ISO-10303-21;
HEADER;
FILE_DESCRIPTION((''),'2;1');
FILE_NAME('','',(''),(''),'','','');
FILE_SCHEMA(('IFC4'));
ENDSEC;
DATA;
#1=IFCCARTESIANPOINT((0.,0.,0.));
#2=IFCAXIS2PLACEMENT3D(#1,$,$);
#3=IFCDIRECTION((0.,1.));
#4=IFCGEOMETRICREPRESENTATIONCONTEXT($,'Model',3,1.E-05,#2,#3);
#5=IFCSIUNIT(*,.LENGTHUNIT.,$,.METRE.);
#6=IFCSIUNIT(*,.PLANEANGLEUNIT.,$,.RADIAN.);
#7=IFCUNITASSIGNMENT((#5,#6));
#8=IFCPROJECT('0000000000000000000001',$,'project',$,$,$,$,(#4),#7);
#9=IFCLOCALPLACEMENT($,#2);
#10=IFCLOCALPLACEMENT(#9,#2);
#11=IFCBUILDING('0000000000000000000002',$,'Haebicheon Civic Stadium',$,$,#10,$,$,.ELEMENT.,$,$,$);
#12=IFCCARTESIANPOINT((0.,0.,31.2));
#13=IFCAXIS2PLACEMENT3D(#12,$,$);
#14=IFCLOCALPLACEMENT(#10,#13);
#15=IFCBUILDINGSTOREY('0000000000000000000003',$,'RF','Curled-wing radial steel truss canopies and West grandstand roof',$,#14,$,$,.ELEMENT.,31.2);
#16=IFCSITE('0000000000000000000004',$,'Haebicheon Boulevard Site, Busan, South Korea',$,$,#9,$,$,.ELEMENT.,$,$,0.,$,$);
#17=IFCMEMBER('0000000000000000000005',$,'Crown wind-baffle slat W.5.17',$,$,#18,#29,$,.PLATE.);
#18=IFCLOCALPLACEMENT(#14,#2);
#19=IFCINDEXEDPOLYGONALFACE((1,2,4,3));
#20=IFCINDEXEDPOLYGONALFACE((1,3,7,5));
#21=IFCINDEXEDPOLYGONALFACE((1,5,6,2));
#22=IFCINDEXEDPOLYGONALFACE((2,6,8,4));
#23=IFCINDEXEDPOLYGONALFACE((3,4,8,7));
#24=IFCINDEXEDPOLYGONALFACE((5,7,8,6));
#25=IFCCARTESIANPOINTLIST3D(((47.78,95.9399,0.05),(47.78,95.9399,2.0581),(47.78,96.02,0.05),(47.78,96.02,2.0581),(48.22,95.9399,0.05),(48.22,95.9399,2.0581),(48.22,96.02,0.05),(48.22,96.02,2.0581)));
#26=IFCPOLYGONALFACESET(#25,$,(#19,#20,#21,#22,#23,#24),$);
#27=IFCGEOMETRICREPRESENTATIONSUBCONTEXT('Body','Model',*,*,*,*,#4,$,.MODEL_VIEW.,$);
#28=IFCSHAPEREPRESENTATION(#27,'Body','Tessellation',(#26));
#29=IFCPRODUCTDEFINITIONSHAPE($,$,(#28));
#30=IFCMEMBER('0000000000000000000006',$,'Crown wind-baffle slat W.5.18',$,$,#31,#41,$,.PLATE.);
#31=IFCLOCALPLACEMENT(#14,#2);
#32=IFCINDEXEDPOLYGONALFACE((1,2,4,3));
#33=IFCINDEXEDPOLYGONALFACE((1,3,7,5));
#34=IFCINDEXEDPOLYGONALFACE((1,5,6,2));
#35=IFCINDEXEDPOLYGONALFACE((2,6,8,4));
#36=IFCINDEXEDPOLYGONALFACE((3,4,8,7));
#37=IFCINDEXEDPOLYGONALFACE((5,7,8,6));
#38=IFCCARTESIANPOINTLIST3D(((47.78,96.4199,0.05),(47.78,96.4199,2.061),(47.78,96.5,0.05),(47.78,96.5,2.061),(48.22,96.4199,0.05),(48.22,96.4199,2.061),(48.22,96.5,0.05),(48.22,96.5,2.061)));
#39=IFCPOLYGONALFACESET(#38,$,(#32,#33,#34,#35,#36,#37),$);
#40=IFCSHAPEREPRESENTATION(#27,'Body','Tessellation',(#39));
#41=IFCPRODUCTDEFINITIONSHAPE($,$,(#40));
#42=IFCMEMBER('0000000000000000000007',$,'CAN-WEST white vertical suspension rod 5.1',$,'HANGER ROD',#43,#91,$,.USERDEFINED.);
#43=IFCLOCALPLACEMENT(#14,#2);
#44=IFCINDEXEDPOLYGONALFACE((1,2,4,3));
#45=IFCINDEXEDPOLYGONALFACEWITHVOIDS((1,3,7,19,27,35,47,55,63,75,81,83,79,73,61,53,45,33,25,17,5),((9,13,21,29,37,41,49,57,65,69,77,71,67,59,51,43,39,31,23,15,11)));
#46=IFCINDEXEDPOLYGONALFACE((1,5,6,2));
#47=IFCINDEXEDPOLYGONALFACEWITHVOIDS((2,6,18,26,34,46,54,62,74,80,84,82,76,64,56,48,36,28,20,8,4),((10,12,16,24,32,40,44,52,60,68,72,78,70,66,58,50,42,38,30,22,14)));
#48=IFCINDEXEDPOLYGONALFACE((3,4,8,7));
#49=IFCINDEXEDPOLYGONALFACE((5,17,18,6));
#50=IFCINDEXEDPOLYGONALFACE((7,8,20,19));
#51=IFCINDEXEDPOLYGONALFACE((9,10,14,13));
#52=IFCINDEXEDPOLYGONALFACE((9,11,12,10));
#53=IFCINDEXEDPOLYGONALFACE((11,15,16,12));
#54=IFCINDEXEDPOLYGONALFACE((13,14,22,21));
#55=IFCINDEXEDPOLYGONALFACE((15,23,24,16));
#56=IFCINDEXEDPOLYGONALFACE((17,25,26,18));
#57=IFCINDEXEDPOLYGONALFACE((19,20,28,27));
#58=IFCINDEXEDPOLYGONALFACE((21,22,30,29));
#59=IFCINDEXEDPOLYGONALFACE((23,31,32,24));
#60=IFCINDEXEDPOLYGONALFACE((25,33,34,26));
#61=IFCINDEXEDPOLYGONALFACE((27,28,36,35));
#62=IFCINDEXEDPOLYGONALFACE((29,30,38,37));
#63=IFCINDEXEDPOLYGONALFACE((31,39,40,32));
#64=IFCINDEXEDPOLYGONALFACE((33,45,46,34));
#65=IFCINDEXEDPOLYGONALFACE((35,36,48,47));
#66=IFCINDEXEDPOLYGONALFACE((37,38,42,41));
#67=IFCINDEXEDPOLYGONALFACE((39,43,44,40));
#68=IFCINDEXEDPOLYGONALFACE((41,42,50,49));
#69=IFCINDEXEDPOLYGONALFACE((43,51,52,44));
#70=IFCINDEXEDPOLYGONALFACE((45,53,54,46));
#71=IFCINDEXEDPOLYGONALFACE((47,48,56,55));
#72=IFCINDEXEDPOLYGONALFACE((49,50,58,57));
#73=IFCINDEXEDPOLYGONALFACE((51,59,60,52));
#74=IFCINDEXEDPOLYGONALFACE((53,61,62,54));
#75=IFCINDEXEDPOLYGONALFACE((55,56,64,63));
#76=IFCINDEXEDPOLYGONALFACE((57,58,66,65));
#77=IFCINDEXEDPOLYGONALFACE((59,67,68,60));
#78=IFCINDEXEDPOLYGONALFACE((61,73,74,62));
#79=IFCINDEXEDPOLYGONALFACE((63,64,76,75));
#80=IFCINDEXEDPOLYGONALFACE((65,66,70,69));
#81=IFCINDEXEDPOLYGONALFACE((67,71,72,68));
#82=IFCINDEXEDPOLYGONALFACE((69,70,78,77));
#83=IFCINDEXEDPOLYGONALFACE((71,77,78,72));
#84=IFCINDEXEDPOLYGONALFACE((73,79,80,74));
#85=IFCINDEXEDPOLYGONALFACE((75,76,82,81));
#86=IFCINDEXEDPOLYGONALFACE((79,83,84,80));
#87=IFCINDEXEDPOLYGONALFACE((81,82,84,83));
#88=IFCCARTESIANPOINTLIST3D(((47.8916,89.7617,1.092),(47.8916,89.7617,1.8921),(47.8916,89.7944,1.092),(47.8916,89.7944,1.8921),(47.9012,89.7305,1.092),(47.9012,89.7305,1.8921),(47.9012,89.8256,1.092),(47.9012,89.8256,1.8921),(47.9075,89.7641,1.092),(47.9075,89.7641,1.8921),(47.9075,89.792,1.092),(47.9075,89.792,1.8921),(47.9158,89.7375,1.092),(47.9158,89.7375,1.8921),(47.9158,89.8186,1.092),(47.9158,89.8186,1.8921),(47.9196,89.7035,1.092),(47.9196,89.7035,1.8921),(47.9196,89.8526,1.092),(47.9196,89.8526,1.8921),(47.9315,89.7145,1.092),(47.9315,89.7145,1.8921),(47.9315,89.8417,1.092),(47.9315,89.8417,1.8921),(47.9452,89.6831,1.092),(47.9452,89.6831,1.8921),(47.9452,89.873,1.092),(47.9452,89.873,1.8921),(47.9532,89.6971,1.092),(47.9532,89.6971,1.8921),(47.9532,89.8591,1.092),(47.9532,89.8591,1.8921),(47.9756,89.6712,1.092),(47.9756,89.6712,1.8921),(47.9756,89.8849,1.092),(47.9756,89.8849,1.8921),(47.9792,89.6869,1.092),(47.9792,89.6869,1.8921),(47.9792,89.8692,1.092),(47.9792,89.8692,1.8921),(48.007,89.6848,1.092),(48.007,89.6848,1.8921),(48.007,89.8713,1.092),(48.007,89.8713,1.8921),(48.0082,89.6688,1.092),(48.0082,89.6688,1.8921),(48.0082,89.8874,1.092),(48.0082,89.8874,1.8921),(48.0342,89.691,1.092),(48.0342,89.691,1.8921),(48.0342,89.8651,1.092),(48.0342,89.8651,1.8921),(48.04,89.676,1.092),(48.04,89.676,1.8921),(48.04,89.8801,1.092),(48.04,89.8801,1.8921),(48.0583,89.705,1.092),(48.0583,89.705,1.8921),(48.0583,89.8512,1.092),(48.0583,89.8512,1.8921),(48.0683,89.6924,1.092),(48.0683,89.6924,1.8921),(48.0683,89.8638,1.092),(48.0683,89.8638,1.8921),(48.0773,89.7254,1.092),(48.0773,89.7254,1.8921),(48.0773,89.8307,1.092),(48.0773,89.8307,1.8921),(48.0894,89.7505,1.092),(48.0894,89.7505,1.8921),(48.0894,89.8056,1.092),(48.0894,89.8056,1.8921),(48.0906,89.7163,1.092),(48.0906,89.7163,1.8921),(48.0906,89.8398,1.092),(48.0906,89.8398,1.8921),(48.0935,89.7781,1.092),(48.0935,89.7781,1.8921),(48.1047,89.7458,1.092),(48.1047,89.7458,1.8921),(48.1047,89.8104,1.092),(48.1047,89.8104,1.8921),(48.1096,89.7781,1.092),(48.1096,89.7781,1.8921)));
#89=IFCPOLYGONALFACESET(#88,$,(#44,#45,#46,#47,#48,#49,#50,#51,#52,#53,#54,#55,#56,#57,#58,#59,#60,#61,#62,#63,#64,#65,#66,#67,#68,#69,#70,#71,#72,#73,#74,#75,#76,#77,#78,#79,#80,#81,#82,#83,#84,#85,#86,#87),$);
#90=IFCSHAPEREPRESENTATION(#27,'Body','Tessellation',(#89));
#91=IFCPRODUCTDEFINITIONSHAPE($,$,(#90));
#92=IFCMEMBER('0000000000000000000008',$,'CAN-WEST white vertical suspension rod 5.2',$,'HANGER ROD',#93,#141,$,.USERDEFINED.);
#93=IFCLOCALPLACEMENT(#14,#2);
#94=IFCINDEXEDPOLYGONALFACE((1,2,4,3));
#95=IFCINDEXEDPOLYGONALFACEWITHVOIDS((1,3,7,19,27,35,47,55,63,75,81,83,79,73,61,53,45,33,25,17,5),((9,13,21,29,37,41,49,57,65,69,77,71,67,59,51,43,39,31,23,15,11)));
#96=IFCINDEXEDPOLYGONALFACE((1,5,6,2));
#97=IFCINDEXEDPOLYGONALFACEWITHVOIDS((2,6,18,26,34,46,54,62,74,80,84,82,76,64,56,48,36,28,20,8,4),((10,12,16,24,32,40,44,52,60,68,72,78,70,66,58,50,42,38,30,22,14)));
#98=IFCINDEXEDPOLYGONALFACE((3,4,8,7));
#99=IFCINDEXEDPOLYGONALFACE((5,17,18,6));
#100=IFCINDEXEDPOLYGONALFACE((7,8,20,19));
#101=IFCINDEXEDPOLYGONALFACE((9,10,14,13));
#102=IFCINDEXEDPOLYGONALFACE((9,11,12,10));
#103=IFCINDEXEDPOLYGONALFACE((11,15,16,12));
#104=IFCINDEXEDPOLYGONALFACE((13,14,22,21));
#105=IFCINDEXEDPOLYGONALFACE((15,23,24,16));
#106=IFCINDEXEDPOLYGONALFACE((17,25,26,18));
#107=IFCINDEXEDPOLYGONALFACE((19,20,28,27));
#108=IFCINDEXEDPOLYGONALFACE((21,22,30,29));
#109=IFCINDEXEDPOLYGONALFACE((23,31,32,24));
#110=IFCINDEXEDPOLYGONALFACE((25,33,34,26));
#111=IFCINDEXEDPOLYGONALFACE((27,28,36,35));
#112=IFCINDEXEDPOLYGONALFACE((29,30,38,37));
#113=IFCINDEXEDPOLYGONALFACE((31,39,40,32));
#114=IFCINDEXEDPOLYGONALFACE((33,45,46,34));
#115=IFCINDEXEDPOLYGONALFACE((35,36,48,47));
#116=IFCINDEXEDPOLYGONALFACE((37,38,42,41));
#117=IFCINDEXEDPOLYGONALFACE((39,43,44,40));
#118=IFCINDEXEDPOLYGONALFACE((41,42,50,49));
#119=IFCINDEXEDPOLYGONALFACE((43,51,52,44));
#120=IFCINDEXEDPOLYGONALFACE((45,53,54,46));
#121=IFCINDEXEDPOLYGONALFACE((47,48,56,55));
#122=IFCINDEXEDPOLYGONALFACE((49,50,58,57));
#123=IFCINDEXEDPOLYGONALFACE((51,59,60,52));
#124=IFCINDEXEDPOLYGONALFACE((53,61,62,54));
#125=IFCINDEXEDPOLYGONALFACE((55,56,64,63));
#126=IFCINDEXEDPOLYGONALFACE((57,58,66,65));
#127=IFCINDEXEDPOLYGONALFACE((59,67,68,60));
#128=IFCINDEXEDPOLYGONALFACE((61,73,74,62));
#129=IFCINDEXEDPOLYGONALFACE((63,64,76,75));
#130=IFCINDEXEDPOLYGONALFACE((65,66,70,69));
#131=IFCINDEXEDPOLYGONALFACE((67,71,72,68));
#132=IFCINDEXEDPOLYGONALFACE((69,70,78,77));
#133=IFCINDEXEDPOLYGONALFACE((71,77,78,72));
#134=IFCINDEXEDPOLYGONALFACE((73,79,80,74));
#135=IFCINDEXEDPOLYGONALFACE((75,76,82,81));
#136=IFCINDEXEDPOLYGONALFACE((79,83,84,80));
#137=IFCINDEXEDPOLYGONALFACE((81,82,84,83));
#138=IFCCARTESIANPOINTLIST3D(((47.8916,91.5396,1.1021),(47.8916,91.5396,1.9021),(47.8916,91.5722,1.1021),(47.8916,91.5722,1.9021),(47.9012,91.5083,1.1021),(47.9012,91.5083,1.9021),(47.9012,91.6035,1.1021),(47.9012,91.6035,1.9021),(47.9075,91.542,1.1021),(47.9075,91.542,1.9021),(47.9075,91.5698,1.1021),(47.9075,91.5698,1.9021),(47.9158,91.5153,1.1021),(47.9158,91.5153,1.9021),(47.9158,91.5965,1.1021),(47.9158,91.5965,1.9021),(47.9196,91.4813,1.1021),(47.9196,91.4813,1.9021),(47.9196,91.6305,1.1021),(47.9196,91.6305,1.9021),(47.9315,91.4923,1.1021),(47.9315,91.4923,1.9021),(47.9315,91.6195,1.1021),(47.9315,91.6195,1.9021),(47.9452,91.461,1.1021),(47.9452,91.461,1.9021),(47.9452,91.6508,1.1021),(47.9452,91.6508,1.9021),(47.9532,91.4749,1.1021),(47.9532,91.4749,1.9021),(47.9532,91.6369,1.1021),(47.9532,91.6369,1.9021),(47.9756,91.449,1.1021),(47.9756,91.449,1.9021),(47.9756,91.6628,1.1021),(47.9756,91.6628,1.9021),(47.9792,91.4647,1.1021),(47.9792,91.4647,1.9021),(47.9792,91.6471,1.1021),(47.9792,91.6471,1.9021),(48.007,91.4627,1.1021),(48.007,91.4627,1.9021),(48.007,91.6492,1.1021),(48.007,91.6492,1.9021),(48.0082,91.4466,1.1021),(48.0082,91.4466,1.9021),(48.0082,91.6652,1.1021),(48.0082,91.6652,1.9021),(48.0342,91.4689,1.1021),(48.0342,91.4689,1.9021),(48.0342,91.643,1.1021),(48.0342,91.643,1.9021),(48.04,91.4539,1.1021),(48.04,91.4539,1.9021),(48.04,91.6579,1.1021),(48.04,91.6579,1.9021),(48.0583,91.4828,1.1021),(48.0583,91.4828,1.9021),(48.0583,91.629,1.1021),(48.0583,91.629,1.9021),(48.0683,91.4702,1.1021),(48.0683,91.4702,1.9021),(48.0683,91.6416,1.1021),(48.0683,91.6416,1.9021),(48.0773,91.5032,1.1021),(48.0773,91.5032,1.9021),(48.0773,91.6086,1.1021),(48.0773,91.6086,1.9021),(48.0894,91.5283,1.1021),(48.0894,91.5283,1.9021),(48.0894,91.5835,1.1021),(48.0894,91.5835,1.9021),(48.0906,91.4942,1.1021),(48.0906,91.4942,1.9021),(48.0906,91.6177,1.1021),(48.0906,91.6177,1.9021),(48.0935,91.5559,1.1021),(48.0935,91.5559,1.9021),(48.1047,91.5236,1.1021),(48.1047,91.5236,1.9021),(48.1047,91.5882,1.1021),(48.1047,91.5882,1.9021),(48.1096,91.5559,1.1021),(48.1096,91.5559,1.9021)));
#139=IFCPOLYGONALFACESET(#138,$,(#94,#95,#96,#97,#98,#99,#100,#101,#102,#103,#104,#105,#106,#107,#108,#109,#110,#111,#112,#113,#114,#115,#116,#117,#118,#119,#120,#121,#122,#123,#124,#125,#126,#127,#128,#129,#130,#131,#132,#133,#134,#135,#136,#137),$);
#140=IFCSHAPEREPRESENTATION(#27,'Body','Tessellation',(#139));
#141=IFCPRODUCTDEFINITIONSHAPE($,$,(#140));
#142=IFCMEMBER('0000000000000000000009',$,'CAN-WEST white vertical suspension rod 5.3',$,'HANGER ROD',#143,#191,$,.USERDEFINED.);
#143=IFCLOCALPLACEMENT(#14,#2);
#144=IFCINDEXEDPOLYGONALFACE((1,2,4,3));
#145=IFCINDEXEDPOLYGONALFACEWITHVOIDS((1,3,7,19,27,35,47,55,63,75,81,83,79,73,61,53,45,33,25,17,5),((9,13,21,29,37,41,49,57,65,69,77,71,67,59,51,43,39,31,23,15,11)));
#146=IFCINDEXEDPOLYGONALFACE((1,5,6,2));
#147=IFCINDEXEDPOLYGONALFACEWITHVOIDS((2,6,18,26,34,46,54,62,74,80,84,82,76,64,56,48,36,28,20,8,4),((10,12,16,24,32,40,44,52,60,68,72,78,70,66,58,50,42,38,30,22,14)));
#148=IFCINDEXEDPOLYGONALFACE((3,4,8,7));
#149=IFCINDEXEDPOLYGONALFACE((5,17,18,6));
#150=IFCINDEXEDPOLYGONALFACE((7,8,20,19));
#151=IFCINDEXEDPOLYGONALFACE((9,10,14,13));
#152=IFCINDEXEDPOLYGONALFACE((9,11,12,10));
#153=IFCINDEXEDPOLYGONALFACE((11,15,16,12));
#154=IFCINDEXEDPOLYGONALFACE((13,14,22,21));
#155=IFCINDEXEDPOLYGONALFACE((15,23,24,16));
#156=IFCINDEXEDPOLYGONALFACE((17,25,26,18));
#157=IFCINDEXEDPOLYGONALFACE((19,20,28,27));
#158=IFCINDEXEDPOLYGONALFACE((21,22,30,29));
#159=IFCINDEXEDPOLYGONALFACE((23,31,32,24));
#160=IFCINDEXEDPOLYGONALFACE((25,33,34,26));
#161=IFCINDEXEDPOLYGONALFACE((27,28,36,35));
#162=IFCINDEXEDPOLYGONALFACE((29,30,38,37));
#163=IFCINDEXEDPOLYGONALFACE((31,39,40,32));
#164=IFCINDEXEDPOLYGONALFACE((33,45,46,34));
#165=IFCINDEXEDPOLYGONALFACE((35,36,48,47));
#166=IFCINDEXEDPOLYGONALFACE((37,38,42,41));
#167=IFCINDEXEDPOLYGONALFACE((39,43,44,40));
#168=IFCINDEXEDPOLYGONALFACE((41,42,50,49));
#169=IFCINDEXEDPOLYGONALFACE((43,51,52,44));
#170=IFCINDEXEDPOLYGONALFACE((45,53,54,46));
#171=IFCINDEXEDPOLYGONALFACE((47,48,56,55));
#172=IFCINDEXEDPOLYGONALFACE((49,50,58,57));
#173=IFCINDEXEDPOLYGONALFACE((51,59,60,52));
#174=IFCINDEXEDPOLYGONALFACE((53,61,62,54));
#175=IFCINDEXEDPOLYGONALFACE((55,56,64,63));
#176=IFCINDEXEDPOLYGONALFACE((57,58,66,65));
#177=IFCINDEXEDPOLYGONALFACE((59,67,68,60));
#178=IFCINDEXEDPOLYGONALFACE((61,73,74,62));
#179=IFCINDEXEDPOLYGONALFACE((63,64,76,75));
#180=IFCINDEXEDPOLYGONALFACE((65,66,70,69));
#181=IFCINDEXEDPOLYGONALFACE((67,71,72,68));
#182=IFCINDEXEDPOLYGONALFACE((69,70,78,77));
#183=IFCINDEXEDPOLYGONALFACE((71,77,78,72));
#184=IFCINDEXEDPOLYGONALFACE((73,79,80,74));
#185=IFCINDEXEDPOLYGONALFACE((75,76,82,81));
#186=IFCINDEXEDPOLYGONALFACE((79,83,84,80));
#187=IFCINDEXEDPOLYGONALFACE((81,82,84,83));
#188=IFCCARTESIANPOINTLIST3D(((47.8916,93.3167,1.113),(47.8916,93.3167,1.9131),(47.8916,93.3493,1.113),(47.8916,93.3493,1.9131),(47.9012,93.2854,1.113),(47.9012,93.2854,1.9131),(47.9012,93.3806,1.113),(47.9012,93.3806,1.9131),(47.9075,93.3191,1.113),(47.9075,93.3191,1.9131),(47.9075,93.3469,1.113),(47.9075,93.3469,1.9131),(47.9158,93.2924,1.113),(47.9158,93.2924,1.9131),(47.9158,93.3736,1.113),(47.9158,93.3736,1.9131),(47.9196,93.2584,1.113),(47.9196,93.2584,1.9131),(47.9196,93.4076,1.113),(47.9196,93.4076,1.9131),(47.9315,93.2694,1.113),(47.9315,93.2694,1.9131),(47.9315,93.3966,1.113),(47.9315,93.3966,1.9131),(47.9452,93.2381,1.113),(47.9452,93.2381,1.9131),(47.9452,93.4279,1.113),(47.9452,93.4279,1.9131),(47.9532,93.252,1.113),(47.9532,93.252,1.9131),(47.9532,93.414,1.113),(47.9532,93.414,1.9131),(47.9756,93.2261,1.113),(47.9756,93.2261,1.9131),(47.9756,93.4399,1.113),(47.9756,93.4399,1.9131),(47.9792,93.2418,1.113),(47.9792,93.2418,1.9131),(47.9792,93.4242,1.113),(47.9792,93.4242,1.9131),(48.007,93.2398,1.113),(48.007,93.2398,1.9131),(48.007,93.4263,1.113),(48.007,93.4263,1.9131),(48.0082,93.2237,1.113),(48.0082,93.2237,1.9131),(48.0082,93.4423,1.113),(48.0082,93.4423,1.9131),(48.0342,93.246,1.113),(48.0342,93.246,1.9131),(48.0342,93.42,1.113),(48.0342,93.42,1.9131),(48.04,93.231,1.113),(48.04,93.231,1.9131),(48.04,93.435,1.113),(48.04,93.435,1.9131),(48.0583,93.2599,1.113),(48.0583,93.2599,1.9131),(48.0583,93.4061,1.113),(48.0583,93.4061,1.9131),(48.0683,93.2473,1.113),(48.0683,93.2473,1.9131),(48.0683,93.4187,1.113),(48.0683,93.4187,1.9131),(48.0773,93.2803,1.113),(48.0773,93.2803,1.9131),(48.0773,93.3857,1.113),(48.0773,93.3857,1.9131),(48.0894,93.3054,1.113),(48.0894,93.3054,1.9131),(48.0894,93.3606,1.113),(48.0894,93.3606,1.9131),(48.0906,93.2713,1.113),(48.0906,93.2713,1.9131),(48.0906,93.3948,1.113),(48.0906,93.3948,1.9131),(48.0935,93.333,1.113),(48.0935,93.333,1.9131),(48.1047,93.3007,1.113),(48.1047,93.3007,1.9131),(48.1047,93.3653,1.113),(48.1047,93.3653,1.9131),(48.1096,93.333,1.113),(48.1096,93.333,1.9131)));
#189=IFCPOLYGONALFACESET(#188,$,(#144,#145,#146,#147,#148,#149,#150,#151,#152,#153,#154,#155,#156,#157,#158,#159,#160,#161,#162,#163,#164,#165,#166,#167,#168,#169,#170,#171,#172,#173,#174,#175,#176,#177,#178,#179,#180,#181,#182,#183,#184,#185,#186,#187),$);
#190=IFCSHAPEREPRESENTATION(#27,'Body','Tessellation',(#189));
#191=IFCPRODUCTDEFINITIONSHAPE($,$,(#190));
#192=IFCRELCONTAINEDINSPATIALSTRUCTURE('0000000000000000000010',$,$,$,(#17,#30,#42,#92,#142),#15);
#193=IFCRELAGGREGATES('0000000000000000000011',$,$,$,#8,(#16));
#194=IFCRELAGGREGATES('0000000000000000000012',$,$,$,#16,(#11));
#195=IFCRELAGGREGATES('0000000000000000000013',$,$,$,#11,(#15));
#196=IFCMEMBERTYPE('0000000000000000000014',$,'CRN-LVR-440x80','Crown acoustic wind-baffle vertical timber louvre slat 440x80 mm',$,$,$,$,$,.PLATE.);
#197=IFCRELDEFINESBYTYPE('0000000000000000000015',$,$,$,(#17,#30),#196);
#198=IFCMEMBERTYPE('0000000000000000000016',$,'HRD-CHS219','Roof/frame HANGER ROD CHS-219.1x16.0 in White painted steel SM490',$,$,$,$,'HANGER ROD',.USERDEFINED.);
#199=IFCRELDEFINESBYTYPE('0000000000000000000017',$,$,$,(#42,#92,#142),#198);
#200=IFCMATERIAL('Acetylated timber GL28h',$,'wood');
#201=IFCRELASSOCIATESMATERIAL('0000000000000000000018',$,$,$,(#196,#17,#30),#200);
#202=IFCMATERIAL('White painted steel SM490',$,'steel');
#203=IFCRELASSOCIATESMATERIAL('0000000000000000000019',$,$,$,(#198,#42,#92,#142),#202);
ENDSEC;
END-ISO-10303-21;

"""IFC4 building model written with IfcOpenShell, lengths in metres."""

from ifc_helpers import new_model, si_unit, direction, frame, origin, origin_2d, place, context, subcontext, project, spatial, rectangle, hollow_circle, extrude, material, material_profile, profile_set, type_object, element, save


model = new_model("IFC4")

# Units and contexts
model_context = context("Model", 3, precision=1e-05, world=origin(), true_north=direction((0.0, 1.0)))
body_context = subcontext(model_context, "Body", "Model", "MODEL_VIEW")
ifc_project = project(units=[si_unit("LENGTHUNIT", "METRE"), si_unit("PLANEANGLEUNIT", "RADIAN")], contexts=[model_context])

# Site, building, storey
site_placement = place(None, origin())
site = spatial("IfcSite", under=ifc_project, at=site_placement, Name="Haebicheon Boulevard Site, Busan, South Korea", CompositionType="ELEMENT", RefElevation=0.0)
building_placement = place(site_placement, origin())
building = spatial("IfcBuilding", under=site, at=building_placement, Name="Haebicheon Civic Stadium", CompositionType="ELEMENT")
storey_placement = place(building_placement, frame((0.0, 0.0, 31.2)))
storey = spatial("IfcBuildingStorey", under=building, at=storey_placement, Name="RF", Description="Curled-wing radial steel truss canopies and West grandstand roof", CompositionType="ELEMENT", Elevation=31.2)

# Members
ifc_material_1 = material(Name="Acetylated timber GL28h", Category="wood")
ifc_material_profile_1 = material_profile(ifc_material_1, rectangle(XDim=0.0801, YDim=0.4399, at=origin_2d()), Name="TMB-LOUV-80x440")
ifc_profile_set_1 = profile_set([ifc_material_profile_1], Name="Acetylated timber GL28h")
member_type_1 = type_object("IfcMemberType", Name="CRN-LVR-440x80", Description="Crown acoustic wind-baffle vertical timber louvre slat 440x80 mm", PredefinedType="PLATE", material=ifc_profile_set_1)
member_1_placement = place(storey_placement, frame((48.0, 95.98, 0.05), z_axis=(0.0, 0.0, 1.0), x_axis=(0.0, 1.0, 0.0)))
element("IfcMember", 1, at=member_1_placement, inside=storey, type_object=member_type_1, material=ifc_profile_set_1, Name="Crown wind-baffle slat W.5.17", PredefinedType="PLATE", context=body_context, shape_type="SweptSolid", body=[
    extrude(rectangle(XDim=0.0801, YDim=0.4399, at=origin_2d()), origin(), (0.0, 0.0, 1.0), 2.0081),
])
member_2_placement = place(storey_placement, frame((48.0, 96.46, 0.05), z_axis=(0.0, 0.0, 1.0), x_axis=(0.0, 1.0, 0.0)))
element("IfcMember", 2, at=member_2_placement, inside=storey, type_object=member_type_1, material=ifc_profile_set_1, Name="Crown wind-baffle slat W.5.18", PredefinedType="PLATE", context=body_context, shape_type="SweptSolid", body=[
    extrude(rectangle(XDim=0.0801, YDim=0.4399, at=origin_2d()), origin(), (0.0, 0.0, 1.0), 2.011),
])
ifc_material_2 = material(Name="White painted steel SM490", Category="steel")
ifc_material_profile_2 = material_profile(ifc_material_2, hollow_circle(Radius=0.1096, WallThickness=0.0161, at=origin_2d()), Name="CHS-219.1x16.0")
ifc_profile_set_2 = profile_set([ifc_material_profile_2], Name="White painted steel SM490")
member_type_2 = type_object("IfcMemberType", Name="HRD-CHS219", Description="Roof/frame HANGER ROD CHS-219.1x16.0 in White painted steel SM490", ElementType="HANGER ROD", PredefinedType="USERDEFINED", material=ifc_profile_set_2)
for number, where, z_axis, x_axis, name in (
    (3, (48.0, 89.7781, 1.092), (0.0, 0.0, 1.0), (1.0, 0.0, 0.0), "CAN-WEST white vertical suspension rod 5.1"),
    (4, (48.0, 91.5559, 1.1021), (0.0, 0.0, 1.0), (1.0, 0.0, 0.0), "CAN-WEST white vertical suspension rod 5.2"),
    (5, (48.0, 93.333, 1.113), (0.0, 0.0, 1.0), (1.0, 0.0, 0.0), "CAN-WEST white vertical suspension rod 5.3"),
):
    element("IfcMember", number, at=place(storey_placement, frame(where, z_axis=z_axis, x_axis=x_axis)), inside=storey, type_object=member_type_2, material=ifc_profile_set_2, Name=name, ObjectType="HANGER ROD", PredefinedType="USERDEFINED", context=body_context, shape_type="SweptSolid", body=[
        extrude(hollow_circle(Radius=0.1096, WallThickness=0.0161, at=origin_2d()), origin(), (0.0, 0.0, 1.0), 0.8),
    ])

save(model, "model.ifc")
